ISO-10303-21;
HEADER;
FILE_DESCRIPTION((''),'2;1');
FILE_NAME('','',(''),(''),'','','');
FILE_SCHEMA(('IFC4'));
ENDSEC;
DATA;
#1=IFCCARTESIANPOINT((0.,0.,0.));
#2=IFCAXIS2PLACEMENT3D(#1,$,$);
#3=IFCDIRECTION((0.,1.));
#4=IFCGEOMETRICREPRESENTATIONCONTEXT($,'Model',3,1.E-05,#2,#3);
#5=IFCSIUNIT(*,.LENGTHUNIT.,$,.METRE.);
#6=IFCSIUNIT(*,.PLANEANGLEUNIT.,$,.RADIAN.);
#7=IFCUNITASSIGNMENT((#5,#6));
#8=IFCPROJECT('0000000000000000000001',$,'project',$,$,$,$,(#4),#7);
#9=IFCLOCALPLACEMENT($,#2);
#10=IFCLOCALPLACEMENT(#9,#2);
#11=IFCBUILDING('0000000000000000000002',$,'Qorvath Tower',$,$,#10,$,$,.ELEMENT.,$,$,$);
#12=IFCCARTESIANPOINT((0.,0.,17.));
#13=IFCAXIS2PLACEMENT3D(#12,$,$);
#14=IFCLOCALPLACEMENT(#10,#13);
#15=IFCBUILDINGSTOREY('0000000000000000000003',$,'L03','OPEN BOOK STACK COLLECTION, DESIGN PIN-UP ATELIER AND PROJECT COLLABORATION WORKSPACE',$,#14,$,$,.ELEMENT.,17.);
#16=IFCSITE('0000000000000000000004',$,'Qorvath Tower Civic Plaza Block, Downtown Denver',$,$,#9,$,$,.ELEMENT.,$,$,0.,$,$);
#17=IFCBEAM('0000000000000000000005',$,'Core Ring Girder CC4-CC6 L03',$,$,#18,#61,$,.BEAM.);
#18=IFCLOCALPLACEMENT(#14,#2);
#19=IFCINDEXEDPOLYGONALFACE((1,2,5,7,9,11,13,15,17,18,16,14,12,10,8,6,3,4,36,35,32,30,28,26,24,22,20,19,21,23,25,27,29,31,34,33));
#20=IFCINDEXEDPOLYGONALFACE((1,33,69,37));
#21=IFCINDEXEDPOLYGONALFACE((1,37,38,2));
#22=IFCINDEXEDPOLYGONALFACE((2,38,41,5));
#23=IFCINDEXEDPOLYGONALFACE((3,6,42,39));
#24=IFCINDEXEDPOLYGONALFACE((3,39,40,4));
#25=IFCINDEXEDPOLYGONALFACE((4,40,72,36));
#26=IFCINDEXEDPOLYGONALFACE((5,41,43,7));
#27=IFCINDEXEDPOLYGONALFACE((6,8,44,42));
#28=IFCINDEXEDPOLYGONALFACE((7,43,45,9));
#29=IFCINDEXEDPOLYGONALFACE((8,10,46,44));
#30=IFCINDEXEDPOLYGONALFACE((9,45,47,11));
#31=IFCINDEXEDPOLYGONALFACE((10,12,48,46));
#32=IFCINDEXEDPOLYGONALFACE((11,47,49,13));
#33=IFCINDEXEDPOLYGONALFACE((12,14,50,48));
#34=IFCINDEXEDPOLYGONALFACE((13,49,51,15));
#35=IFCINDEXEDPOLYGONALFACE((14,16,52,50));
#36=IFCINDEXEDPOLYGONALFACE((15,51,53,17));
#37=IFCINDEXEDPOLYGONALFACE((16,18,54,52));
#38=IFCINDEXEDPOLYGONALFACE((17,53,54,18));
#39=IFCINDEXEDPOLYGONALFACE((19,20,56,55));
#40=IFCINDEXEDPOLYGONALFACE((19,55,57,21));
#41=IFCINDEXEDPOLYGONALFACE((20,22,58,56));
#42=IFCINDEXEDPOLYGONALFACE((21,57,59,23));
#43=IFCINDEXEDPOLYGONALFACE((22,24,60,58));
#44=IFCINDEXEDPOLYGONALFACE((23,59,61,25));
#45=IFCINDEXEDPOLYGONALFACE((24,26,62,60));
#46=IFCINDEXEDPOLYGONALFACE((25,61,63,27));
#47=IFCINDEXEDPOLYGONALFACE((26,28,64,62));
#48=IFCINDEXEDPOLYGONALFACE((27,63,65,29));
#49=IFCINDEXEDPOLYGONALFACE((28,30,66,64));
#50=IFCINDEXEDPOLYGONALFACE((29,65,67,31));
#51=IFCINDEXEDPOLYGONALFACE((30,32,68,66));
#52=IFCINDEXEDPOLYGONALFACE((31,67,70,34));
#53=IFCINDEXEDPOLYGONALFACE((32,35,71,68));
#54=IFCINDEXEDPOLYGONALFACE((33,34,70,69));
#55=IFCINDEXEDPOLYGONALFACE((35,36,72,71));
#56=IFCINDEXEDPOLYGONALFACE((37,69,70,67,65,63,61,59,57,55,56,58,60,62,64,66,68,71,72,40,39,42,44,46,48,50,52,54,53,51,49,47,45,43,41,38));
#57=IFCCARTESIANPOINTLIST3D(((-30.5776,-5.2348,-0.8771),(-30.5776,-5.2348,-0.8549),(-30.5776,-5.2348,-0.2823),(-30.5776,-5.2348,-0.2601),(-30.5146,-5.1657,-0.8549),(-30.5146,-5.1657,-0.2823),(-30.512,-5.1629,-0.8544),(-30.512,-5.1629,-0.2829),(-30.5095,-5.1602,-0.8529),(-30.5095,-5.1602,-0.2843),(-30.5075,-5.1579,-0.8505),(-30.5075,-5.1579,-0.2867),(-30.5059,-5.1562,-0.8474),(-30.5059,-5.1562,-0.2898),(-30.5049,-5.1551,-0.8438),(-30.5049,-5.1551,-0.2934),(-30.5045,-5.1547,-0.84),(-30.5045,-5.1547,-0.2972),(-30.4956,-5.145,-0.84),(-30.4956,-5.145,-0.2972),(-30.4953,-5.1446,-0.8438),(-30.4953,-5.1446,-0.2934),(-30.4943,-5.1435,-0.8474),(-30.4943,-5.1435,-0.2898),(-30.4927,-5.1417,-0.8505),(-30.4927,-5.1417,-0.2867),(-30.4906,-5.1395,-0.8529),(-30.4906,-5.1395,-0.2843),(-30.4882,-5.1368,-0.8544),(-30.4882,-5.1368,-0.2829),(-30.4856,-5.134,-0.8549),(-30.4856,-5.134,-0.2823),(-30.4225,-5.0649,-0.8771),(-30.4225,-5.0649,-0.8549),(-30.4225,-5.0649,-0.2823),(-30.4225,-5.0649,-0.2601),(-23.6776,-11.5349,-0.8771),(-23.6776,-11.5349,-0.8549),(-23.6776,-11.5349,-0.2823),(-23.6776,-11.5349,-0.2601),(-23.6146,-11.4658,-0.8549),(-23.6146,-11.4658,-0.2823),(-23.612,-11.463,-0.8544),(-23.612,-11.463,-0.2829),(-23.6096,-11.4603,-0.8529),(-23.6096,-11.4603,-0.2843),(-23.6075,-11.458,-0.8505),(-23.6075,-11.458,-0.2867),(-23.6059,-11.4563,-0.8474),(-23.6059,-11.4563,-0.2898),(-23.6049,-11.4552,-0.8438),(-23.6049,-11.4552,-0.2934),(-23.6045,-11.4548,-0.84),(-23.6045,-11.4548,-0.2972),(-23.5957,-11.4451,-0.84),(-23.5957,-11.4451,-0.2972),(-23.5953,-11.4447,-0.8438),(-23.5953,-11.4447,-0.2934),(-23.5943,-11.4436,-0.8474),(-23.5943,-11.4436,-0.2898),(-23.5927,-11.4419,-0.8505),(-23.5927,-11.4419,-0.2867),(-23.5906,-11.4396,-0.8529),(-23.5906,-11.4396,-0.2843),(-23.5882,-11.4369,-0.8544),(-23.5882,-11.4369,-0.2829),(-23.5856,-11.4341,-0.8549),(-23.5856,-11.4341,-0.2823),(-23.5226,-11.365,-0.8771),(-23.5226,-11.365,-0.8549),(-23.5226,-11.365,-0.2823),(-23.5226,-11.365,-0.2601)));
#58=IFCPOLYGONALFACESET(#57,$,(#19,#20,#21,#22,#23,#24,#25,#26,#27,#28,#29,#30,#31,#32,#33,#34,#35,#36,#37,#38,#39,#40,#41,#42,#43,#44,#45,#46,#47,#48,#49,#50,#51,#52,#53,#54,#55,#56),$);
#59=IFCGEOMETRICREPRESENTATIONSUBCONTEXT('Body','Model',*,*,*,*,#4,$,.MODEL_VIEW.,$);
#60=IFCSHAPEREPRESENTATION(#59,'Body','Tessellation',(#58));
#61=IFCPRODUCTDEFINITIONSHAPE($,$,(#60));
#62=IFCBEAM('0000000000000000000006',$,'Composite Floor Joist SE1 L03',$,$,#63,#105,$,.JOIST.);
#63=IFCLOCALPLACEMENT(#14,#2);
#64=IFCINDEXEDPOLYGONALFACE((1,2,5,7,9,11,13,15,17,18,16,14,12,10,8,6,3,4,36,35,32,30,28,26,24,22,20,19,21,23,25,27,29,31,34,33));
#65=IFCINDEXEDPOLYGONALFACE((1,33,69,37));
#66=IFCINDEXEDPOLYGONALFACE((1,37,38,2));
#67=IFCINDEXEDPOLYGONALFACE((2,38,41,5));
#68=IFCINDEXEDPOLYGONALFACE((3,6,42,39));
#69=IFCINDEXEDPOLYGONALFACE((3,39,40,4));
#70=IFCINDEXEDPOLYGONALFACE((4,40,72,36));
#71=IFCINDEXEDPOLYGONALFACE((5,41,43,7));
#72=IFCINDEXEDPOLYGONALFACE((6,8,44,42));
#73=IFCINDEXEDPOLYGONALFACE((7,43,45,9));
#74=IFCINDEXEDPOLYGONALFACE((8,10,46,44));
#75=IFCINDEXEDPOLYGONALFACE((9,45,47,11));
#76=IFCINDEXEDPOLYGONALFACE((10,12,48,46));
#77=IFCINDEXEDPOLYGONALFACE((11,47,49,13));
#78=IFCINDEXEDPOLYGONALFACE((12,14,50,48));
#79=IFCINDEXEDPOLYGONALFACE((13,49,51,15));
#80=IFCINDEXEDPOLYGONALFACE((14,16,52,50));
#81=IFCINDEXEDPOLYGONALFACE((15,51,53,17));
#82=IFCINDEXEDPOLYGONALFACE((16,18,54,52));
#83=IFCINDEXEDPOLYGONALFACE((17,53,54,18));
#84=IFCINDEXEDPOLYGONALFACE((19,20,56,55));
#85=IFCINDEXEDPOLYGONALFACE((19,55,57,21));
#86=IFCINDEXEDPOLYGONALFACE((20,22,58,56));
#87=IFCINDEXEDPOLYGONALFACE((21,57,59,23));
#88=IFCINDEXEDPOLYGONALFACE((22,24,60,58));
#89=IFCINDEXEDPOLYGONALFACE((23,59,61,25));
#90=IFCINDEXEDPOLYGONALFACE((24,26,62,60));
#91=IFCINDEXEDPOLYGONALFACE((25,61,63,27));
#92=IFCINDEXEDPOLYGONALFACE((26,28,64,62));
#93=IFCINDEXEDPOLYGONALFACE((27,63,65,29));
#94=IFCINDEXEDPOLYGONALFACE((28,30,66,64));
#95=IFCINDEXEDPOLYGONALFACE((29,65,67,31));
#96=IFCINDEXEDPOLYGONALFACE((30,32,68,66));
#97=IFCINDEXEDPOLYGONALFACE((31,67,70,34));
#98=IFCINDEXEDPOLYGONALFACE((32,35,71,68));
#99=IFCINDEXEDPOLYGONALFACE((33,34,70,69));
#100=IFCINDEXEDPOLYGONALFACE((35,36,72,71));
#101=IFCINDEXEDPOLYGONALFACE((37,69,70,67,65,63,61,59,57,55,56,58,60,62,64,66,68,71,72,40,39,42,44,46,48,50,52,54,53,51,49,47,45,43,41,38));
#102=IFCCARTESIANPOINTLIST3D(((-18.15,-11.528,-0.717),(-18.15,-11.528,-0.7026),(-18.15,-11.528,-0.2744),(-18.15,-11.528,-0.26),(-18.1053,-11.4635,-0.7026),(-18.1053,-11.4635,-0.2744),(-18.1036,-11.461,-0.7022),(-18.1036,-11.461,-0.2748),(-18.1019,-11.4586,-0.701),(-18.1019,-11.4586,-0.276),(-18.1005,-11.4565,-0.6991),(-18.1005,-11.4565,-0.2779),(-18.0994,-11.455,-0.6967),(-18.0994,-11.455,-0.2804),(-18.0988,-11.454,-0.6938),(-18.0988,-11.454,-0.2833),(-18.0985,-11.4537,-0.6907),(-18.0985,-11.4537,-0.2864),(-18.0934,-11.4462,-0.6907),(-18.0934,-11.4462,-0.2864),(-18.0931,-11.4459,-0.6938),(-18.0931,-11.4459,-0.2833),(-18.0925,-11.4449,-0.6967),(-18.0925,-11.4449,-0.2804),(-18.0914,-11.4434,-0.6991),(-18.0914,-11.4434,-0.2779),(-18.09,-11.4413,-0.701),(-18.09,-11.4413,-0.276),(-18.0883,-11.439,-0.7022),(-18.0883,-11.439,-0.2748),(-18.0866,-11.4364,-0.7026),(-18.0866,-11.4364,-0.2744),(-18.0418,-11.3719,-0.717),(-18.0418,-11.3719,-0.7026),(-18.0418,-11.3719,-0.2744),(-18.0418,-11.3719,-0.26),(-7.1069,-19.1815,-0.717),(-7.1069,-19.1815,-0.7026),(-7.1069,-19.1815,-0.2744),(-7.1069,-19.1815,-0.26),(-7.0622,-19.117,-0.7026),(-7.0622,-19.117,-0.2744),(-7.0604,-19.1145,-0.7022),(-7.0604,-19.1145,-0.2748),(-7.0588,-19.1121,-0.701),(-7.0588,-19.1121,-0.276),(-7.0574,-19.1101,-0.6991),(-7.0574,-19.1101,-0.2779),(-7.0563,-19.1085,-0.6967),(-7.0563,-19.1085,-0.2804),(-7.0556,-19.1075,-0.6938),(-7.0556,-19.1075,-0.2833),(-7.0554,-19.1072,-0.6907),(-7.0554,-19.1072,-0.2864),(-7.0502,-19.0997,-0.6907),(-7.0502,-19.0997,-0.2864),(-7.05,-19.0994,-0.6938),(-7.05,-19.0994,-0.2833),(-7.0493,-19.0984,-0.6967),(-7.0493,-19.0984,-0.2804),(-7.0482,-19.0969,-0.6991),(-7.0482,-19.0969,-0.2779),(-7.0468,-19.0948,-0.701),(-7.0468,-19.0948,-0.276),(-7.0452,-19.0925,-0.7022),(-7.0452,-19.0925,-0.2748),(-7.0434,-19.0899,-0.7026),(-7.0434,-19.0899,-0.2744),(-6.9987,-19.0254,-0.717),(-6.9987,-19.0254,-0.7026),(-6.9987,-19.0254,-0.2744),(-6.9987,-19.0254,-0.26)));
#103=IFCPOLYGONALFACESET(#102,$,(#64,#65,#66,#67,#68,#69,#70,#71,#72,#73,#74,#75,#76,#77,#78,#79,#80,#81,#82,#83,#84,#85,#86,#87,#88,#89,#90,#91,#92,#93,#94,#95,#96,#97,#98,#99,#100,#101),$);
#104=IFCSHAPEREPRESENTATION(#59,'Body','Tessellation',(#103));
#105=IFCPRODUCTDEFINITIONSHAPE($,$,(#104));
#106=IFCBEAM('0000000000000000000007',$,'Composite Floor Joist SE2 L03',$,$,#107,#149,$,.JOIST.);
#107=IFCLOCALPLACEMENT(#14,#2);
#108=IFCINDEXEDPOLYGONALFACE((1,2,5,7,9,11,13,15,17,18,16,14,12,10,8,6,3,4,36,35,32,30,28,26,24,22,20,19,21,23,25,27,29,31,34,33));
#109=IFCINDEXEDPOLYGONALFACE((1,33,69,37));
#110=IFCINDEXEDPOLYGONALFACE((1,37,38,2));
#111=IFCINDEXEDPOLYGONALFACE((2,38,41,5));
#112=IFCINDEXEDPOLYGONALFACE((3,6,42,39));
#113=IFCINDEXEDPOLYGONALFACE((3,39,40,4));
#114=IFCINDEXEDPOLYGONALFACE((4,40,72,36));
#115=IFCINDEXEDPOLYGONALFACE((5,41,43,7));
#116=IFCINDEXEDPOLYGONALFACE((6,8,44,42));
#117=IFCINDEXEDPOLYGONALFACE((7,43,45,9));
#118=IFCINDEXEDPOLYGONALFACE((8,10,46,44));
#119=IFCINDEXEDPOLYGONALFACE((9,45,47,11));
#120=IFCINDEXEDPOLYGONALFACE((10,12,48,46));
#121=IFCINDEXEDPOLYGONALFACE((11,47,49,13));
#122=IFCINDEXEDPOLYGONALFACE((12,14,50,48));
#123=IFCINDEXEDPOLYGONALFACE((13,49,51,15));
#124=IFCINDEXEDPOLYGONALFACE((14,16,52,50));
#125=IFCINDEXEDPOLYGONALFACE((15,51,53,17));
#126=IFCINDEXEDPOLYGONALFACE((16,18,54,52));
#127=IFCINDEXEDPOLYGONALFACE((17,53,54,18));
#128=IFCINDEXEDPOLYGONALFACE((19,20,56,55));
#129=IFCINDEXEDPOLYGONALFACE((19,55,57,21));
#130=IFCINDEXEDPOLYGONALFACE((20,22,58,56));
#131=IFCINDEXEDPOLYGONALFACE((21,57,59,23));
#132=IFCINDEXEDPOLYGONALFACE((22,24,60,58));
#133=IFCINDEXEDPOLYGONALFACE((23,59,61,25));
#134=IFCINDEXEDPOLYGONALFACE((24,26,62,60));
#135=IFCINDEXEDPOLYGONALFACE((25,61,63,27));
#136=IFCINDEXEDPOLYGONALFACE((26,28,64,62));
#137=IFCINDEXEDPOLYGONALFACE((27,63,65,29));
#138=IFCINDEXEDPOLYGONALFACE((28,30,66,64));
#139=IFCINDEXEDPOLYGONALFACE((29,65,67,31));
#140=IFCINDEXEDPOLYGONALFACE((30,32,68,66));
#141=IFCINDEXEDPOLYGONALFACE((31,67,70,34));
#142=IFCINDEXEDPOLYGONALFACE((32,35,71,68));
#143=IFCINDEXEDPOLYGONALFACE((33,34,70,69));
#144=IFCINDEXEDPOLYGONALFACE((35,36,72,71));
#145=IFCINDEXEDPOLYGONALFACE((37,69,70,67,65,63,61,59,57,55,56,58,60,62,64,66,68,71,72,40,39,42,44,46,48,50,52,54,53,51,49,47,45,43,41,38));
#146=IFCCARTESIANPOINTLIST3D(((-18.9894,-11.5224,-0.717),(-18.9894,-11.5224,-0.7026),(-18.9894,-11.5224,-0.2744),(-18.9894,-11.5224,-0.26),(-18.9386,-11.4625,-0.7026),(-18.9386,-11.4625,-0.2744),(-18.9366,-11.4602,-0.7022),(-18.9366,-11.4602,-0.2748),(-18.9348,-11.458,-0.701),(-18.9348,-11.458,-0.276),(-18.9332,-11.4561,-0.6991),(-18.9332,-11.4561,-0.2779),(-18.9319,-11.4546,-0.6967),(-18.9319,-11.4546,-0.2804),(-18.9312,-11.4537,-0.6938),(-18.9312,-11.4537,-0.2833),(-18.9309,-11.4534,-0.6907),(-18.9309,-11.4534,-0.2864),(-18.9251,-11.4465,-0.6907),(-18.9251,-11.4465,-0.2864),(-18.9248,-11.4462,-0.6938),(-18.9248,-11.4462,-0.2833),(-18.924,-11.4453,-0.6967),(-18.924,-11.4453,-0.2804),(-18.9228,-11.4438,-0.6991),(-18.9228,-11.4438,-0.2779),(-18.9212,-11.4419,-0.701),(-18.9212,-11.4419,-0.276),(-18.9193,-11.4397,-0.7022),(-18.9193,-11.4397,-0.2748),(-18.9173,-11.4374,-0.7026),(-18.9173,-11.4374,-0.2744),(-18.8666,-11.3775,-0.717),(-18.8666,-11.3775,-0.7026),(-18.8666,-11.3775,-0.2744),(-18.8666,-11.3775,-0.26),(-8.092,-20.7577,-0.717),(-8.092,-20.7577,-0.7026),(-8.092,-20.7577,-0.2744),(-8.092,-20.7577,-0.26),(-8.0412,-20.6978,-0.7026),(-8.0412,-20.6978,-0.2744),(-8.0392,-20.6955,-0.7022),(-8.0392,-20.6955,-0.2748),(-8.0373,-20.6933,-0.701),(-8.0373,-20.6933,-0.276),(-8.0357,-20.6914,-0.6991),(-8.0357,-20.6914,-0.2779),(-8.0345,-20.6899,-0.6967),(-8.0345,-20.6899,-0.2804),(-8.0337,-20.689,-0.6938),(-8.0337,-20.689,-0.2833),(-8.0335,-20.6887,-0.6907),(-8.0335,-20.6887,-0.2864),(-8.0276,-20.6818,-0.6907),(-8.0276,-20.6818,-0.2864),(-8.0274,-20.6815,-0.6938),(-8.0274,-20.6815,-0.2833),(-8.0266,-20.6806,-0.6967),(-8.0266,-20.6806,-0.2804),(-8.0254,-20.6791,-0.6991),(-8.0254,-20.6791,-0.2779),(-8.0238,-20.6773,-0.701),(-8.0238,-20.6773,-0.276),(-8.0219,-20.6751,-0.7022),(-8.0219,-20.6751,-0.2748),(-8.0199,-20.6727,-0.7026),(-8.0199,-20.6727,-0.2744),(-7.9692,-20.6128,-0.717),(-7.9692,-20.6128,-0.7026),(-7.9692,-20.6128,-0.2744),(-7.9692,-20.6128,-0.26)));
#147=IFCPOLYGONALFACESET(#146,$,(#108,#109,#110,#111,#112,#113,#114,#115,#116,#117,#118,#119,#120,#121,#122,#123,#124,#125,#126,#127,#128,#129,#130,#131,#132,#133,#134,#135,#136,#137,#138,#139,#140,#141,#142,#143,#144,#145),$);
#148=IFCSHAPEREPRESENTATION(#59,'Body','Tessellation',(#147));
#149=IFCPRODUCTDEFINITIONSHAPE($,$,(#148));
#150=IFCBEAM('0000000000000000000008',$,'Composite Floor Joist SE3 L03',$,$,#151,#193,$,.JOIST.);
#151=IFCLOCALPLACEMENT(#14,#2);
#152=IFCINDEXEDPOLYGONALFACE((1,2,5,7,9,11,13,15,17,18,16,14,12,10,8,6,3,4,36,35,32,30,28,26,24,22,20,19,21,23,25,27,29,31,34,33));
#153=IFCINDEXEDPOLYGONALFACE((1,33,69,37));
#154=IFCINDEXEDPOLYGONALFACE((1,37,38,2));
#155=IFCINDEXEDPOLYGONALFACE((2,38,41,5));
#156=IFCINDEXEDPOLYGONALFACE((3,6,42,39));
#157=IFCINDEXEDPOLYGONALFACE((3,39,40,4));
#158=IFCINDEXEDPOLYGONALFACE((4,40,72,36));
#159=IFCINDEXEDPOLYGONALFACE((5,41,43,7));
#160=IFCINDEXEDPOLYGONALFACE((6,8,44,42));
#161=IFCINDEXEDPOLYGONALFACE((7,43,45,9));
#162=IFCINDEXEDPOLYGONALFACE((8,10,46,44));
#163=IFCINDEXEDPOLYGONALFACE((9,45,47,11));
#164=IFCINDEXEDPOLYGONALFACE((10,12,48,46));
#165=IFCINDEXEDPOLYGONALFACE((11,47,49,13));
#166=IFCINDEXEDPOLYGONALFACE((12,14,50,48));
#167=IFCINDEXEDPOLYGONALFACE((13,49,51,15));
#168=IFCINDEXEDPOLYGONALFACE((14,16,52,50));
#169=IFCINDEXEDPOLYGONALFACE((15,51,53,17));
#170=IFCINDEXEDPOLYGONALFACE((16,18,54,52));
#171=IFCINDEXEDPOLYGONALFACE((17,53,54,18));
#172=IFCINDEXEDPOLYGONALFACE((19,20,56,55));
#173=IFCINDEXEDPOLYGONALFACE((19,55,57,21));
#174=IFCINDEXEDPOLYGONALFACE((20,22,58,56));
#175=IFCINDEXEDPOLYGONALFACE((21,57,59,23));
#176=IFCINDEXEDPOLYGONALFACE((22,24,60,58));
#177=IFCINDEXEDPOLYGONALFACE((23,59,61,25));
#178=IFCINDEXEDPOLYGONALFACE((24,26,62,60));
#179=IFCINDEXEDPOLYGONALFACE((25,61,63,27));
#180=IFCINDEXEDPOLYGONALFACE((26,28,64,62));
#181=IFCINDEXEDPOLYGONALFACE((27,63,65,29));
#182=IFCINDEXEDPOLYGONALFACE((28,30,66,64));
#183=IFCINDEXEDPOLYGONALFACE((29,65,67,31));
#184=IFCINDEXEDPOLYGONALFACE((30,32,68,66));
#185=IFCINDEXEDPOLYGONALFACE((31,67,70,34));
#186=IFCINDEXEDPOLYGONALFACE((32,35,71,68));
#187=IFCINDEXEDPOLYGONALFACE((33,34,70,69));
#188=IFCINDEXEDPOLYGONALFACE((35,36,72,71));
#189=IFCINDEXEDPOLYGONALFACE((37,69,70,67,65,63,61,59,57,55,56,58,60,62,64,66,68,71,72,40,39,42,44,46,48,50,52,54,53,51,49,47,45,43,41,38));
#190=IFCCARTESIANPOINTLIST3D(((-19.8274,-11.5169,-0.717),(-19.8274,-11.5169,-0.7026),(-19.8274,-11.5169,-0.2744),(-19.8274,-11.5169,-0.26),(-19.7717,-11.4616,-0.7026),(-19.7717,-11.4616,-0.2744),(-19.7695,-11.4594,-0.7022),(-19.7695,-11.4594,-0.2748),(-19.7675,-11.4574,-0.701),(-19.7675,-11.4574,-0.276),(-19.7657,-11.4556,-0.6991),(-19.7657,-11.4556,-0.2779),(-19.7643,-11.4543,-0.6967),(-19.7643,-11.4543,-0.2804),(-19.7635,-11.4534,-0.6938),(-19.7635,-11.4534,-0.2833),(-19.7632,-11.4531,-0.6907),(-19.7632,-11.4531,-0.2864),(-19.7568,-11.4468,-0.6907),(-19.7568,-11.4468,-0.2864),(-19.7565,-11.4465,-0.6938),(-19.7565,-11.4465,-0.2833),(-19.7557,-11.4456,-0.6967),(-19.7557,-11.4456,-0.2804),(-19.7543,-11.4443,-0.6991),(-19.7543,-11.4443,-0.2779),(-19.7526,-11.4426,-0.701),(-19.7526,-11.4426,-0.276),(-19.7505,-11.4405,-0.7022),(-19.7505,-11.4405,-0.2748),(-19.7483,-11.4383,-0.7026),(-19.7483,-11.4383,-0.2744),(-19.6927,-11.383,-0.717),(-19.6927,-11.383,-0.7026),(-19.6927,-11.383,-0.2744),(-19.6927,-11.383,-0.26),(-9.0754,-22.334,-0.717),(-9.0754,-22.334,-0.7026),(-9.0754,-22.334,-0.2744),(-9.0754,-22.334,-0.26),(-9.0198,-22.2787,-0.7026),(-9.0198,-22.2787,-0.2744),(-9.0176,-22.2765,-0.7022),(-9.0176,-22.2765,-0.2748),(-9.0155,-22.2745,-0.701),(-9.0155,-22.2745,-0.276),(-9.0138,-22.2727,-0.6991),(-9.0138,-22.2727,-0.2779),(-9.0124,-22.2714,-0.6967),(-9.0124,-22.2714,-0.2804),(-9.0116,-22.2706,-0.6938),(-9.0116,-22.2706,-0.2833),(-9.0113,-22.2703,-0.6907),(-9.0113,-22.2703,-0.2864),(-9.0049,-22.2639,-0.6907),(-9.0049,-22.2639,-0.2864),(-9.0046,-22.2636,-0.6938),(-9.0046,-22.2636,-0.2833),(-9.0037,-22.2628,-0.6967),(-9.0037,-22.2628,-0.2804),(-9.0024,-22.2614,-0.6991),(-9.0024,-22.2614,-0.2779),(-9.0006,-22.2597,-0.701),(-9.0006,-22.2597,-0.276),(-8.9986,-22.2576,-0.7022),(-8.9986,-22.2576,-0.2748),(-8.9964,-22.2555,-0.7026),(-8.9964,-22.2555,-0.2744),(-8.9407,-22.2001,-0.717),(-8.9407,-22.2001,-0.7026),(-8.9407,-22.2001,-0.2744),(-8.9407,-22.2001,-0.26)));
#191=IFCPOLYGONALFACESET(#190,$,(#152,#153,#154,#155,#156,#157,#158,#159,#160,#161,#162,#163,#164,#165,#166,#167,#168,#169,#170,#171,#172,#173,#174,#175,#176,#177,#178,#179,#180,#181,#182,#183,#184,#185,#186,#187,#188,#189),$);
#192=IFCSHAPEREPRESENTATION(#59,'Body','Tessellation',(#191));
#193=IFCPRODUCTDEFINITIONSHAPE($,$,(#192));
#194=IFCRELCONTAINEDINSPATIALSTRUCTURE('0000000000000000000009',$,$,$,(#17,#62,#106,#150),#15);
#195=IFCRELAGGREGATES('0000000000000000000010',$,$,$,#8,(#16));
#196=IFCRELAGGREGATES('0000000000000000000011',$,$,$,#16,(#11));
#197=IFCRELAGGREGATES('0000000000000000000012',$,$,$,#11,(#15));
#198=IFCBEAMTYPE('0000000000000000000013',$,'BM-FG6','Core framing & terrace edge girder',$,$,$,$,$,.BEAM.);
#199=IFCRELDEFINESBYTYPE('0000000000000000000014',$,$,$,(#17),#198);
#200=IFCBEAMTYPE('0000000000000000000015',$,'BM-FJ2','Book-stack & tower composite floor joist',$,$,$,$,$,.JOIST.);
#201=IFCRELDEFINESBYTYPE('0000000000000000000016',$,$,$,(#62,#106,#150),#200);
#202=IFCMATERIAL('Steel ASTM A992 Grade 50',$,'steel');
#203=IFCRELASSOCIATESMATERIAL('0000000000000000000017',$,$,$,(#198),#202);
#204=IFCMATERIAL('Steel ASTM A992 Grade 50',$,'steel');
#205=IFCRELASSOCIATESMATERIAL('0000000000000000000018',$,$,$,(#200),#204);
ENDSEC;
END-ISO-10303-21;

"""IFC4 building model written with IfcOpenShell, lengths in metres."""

from ifc_helpers import new_model, si_unit, direction, frame, origin, origin_2d, place, context, subcontext, project, spatial, i_section, extrude, material, material_profile, profile_set, type_object, element, save


model = new_model("IFC4")

# Units and contexts
model_context = context("Model", 3, precision=1e-05, world=origin(), true_north=direction((0.0, 1.0)))
body_context = subcontext(model_context, "Body", "Model", "MODEL_VIEW")
ifc_project = project(units=[si_unit("LENGTHUNIT", "METRE"), si_unit("PLANEANGLEUNIT", "RADIAN")], contexts=[model_context])

# Site, building, storey
site_placement = place(None, origin())
site = spatial("IfcSite", under=ifc_project, at=site_placement, Name="Qorvath Tower Civic Plaza Block, Downtown Denver", CompositionType="ELEMENT", RefElevation=0.0)
building_placement = place(site_placement, origin())
building = spatial("IfcBuilding", under=site, at=building_placement, Name="Qorvath Tower", CompositionType="ELEMENT")
storey_placement = place(building_placement, frame((0.0, 0.0, 17.0)))
storey = spatial("IfcBuildingStorey", under=building, at=storey_placement, Name="L03", Description="OPEN BOOK STACK COLLECTION, DESIGN PIN-UP ATELIER AND PROJECT COLLABORATION WORKSPACE", CompositionType="ELEMENT", Elevation=17.0)

# Beams
ifc_material_1 = material(Name="Steel ASTM A992 Grade 50", Category="steel")
ifc_material_profile_1 = material_profile(ifc_material_1, i_section(OverallWidth=0.23, OverallDepth=0.6169, WebThickness=0.0132, FlangeThickness=0.0222, FilletRadius=0.0149, at=origin_2d()), Name="W24x94")
ifc_profile_set_1 = profile_set([ifc_material_profile_1], Name="Steel ASTM A992 Grade 50")
beam_type_1 = type_object("IfcBeamType", Name="BM-FG6", Description="Core framing & terrace edge girder", PredefinedType="BEAM", material=ifc_profile_set_1)
beam_1_placement = place(storey_placement, frame((-23.6001, -11.45, -0.5686), z_axis=(-0.738478, 0.674277, 0.0), x_axis=(-0.674277, -0.738478, 0.0)))
element("IfcBeam", 1, at=beam_1_placement, inside=storey, type_object=beam_type_1, Name="Core Ring Girder CC4-CC6 L03", PredefinedType="BEAM", context=body_context, shape_type="SweptSolid", body=[
    extrude(i_section(OverallWidth=0.23, OverallDepth=0.6169, WebThickness=0.0132, FlangeThickness=0.0222, FilletRadius=0.0149, at=origin_2d()), origin(), (0.0, 0.0, 1.0), 9.3435),
])
ifc_material_2 = material(Name="Steel ASTM A992 Grade 50", Category="steel")
ifc_material_profile_2 = material_profile(ifc_material_2, i_section(OverallWidth=0.1899, OverallDepth=0.457, WebThickness=0.009, FlangeThickness=0.0144, FilletRadius=0.012, at=origin_2d()), Name="W18x50")
ifc_profile_set_2 = profile_set([ifc_material_profile_2], Name="Steel ASTM A992 Grade 50")
beam_type_2 = type_object("IfcBeamType", Name="BM-FJ2", Description="Book-stack & tower composite floor joist", PredefinedType="JOIST", material=ifc_profile_set_2)
beam_2_placement = place(storey_placement, frame((-18.0959, -11.45, -0.4885), z_axis=(0.821904, -0.569626, 0.0), x_axis=(0.569626, 0.821904, 0.0)))
element("IfcBeam", 2, at=beam_2_placement, inside=storey, type_object=beam_type_2, Name="Composite Floor Joist SE1 L03", PredefinedType="JOIST", context=body_context, shape_type="SweptSolid", body=[
    extrude(i_section(OverallWidth=0.1899, OverallDepth=0.457, WebThickness=0.009, FlangeThickness=0.0144, FilletRadius=0.012, at=origin_2d()), origin(), (0.0, 0.0, 1.0), 13.436),
])
beam_3_placement = place(storey_placement, frame((-18.928, -11.45, -0.4885), z_axis=(0.762888, -0.64653, 0.0), x_axis=(0.64653, 0.762888, 0.0)))
element("IfcBeam", 3, at=beam_3_placement, inside=storey, type_object=beam_type_2, Name="Composite Floor Joist SE2 L03", PredefinedType="JOIST", context=body_context, shape_type="SweptSolid", body=[
    extrude(i_section(OverallWidth=0.1899, OverallDepth=0.457, WebThickness=0.009, FlangeThickness=0.0144, FilletRadius=0.012, at=origin_2d()), origin(), (0.0, 0.0, 1.0), 14.2844),
])
beam_4_placement = place(storey_placement, frame((-19.76, -11.45, -0.4885), z_axis=(0.704967, -0.709241, 0.0), x_axis=(0.709241, 0.704967, 0.0)))
element("IfcBeam", 4, at=beam_4_placement, inside=storey, type_object=beam_type_2, Name="Composite Floor Joist SE3 L03", PredefinedType="JOIST", context=body_context, shape_type="SweptSolid", body=[
    extrude(i_section(OverallWidth=0.1899, OverallDepth=0.457, WebThickness=0.009, FlangeThickness=0.0144, FilletRadius=0.012, at=origin_2d()), origin(), (0.0, 0.0, 1.0), 15.2517),
])

save(model, "model.ifc")
